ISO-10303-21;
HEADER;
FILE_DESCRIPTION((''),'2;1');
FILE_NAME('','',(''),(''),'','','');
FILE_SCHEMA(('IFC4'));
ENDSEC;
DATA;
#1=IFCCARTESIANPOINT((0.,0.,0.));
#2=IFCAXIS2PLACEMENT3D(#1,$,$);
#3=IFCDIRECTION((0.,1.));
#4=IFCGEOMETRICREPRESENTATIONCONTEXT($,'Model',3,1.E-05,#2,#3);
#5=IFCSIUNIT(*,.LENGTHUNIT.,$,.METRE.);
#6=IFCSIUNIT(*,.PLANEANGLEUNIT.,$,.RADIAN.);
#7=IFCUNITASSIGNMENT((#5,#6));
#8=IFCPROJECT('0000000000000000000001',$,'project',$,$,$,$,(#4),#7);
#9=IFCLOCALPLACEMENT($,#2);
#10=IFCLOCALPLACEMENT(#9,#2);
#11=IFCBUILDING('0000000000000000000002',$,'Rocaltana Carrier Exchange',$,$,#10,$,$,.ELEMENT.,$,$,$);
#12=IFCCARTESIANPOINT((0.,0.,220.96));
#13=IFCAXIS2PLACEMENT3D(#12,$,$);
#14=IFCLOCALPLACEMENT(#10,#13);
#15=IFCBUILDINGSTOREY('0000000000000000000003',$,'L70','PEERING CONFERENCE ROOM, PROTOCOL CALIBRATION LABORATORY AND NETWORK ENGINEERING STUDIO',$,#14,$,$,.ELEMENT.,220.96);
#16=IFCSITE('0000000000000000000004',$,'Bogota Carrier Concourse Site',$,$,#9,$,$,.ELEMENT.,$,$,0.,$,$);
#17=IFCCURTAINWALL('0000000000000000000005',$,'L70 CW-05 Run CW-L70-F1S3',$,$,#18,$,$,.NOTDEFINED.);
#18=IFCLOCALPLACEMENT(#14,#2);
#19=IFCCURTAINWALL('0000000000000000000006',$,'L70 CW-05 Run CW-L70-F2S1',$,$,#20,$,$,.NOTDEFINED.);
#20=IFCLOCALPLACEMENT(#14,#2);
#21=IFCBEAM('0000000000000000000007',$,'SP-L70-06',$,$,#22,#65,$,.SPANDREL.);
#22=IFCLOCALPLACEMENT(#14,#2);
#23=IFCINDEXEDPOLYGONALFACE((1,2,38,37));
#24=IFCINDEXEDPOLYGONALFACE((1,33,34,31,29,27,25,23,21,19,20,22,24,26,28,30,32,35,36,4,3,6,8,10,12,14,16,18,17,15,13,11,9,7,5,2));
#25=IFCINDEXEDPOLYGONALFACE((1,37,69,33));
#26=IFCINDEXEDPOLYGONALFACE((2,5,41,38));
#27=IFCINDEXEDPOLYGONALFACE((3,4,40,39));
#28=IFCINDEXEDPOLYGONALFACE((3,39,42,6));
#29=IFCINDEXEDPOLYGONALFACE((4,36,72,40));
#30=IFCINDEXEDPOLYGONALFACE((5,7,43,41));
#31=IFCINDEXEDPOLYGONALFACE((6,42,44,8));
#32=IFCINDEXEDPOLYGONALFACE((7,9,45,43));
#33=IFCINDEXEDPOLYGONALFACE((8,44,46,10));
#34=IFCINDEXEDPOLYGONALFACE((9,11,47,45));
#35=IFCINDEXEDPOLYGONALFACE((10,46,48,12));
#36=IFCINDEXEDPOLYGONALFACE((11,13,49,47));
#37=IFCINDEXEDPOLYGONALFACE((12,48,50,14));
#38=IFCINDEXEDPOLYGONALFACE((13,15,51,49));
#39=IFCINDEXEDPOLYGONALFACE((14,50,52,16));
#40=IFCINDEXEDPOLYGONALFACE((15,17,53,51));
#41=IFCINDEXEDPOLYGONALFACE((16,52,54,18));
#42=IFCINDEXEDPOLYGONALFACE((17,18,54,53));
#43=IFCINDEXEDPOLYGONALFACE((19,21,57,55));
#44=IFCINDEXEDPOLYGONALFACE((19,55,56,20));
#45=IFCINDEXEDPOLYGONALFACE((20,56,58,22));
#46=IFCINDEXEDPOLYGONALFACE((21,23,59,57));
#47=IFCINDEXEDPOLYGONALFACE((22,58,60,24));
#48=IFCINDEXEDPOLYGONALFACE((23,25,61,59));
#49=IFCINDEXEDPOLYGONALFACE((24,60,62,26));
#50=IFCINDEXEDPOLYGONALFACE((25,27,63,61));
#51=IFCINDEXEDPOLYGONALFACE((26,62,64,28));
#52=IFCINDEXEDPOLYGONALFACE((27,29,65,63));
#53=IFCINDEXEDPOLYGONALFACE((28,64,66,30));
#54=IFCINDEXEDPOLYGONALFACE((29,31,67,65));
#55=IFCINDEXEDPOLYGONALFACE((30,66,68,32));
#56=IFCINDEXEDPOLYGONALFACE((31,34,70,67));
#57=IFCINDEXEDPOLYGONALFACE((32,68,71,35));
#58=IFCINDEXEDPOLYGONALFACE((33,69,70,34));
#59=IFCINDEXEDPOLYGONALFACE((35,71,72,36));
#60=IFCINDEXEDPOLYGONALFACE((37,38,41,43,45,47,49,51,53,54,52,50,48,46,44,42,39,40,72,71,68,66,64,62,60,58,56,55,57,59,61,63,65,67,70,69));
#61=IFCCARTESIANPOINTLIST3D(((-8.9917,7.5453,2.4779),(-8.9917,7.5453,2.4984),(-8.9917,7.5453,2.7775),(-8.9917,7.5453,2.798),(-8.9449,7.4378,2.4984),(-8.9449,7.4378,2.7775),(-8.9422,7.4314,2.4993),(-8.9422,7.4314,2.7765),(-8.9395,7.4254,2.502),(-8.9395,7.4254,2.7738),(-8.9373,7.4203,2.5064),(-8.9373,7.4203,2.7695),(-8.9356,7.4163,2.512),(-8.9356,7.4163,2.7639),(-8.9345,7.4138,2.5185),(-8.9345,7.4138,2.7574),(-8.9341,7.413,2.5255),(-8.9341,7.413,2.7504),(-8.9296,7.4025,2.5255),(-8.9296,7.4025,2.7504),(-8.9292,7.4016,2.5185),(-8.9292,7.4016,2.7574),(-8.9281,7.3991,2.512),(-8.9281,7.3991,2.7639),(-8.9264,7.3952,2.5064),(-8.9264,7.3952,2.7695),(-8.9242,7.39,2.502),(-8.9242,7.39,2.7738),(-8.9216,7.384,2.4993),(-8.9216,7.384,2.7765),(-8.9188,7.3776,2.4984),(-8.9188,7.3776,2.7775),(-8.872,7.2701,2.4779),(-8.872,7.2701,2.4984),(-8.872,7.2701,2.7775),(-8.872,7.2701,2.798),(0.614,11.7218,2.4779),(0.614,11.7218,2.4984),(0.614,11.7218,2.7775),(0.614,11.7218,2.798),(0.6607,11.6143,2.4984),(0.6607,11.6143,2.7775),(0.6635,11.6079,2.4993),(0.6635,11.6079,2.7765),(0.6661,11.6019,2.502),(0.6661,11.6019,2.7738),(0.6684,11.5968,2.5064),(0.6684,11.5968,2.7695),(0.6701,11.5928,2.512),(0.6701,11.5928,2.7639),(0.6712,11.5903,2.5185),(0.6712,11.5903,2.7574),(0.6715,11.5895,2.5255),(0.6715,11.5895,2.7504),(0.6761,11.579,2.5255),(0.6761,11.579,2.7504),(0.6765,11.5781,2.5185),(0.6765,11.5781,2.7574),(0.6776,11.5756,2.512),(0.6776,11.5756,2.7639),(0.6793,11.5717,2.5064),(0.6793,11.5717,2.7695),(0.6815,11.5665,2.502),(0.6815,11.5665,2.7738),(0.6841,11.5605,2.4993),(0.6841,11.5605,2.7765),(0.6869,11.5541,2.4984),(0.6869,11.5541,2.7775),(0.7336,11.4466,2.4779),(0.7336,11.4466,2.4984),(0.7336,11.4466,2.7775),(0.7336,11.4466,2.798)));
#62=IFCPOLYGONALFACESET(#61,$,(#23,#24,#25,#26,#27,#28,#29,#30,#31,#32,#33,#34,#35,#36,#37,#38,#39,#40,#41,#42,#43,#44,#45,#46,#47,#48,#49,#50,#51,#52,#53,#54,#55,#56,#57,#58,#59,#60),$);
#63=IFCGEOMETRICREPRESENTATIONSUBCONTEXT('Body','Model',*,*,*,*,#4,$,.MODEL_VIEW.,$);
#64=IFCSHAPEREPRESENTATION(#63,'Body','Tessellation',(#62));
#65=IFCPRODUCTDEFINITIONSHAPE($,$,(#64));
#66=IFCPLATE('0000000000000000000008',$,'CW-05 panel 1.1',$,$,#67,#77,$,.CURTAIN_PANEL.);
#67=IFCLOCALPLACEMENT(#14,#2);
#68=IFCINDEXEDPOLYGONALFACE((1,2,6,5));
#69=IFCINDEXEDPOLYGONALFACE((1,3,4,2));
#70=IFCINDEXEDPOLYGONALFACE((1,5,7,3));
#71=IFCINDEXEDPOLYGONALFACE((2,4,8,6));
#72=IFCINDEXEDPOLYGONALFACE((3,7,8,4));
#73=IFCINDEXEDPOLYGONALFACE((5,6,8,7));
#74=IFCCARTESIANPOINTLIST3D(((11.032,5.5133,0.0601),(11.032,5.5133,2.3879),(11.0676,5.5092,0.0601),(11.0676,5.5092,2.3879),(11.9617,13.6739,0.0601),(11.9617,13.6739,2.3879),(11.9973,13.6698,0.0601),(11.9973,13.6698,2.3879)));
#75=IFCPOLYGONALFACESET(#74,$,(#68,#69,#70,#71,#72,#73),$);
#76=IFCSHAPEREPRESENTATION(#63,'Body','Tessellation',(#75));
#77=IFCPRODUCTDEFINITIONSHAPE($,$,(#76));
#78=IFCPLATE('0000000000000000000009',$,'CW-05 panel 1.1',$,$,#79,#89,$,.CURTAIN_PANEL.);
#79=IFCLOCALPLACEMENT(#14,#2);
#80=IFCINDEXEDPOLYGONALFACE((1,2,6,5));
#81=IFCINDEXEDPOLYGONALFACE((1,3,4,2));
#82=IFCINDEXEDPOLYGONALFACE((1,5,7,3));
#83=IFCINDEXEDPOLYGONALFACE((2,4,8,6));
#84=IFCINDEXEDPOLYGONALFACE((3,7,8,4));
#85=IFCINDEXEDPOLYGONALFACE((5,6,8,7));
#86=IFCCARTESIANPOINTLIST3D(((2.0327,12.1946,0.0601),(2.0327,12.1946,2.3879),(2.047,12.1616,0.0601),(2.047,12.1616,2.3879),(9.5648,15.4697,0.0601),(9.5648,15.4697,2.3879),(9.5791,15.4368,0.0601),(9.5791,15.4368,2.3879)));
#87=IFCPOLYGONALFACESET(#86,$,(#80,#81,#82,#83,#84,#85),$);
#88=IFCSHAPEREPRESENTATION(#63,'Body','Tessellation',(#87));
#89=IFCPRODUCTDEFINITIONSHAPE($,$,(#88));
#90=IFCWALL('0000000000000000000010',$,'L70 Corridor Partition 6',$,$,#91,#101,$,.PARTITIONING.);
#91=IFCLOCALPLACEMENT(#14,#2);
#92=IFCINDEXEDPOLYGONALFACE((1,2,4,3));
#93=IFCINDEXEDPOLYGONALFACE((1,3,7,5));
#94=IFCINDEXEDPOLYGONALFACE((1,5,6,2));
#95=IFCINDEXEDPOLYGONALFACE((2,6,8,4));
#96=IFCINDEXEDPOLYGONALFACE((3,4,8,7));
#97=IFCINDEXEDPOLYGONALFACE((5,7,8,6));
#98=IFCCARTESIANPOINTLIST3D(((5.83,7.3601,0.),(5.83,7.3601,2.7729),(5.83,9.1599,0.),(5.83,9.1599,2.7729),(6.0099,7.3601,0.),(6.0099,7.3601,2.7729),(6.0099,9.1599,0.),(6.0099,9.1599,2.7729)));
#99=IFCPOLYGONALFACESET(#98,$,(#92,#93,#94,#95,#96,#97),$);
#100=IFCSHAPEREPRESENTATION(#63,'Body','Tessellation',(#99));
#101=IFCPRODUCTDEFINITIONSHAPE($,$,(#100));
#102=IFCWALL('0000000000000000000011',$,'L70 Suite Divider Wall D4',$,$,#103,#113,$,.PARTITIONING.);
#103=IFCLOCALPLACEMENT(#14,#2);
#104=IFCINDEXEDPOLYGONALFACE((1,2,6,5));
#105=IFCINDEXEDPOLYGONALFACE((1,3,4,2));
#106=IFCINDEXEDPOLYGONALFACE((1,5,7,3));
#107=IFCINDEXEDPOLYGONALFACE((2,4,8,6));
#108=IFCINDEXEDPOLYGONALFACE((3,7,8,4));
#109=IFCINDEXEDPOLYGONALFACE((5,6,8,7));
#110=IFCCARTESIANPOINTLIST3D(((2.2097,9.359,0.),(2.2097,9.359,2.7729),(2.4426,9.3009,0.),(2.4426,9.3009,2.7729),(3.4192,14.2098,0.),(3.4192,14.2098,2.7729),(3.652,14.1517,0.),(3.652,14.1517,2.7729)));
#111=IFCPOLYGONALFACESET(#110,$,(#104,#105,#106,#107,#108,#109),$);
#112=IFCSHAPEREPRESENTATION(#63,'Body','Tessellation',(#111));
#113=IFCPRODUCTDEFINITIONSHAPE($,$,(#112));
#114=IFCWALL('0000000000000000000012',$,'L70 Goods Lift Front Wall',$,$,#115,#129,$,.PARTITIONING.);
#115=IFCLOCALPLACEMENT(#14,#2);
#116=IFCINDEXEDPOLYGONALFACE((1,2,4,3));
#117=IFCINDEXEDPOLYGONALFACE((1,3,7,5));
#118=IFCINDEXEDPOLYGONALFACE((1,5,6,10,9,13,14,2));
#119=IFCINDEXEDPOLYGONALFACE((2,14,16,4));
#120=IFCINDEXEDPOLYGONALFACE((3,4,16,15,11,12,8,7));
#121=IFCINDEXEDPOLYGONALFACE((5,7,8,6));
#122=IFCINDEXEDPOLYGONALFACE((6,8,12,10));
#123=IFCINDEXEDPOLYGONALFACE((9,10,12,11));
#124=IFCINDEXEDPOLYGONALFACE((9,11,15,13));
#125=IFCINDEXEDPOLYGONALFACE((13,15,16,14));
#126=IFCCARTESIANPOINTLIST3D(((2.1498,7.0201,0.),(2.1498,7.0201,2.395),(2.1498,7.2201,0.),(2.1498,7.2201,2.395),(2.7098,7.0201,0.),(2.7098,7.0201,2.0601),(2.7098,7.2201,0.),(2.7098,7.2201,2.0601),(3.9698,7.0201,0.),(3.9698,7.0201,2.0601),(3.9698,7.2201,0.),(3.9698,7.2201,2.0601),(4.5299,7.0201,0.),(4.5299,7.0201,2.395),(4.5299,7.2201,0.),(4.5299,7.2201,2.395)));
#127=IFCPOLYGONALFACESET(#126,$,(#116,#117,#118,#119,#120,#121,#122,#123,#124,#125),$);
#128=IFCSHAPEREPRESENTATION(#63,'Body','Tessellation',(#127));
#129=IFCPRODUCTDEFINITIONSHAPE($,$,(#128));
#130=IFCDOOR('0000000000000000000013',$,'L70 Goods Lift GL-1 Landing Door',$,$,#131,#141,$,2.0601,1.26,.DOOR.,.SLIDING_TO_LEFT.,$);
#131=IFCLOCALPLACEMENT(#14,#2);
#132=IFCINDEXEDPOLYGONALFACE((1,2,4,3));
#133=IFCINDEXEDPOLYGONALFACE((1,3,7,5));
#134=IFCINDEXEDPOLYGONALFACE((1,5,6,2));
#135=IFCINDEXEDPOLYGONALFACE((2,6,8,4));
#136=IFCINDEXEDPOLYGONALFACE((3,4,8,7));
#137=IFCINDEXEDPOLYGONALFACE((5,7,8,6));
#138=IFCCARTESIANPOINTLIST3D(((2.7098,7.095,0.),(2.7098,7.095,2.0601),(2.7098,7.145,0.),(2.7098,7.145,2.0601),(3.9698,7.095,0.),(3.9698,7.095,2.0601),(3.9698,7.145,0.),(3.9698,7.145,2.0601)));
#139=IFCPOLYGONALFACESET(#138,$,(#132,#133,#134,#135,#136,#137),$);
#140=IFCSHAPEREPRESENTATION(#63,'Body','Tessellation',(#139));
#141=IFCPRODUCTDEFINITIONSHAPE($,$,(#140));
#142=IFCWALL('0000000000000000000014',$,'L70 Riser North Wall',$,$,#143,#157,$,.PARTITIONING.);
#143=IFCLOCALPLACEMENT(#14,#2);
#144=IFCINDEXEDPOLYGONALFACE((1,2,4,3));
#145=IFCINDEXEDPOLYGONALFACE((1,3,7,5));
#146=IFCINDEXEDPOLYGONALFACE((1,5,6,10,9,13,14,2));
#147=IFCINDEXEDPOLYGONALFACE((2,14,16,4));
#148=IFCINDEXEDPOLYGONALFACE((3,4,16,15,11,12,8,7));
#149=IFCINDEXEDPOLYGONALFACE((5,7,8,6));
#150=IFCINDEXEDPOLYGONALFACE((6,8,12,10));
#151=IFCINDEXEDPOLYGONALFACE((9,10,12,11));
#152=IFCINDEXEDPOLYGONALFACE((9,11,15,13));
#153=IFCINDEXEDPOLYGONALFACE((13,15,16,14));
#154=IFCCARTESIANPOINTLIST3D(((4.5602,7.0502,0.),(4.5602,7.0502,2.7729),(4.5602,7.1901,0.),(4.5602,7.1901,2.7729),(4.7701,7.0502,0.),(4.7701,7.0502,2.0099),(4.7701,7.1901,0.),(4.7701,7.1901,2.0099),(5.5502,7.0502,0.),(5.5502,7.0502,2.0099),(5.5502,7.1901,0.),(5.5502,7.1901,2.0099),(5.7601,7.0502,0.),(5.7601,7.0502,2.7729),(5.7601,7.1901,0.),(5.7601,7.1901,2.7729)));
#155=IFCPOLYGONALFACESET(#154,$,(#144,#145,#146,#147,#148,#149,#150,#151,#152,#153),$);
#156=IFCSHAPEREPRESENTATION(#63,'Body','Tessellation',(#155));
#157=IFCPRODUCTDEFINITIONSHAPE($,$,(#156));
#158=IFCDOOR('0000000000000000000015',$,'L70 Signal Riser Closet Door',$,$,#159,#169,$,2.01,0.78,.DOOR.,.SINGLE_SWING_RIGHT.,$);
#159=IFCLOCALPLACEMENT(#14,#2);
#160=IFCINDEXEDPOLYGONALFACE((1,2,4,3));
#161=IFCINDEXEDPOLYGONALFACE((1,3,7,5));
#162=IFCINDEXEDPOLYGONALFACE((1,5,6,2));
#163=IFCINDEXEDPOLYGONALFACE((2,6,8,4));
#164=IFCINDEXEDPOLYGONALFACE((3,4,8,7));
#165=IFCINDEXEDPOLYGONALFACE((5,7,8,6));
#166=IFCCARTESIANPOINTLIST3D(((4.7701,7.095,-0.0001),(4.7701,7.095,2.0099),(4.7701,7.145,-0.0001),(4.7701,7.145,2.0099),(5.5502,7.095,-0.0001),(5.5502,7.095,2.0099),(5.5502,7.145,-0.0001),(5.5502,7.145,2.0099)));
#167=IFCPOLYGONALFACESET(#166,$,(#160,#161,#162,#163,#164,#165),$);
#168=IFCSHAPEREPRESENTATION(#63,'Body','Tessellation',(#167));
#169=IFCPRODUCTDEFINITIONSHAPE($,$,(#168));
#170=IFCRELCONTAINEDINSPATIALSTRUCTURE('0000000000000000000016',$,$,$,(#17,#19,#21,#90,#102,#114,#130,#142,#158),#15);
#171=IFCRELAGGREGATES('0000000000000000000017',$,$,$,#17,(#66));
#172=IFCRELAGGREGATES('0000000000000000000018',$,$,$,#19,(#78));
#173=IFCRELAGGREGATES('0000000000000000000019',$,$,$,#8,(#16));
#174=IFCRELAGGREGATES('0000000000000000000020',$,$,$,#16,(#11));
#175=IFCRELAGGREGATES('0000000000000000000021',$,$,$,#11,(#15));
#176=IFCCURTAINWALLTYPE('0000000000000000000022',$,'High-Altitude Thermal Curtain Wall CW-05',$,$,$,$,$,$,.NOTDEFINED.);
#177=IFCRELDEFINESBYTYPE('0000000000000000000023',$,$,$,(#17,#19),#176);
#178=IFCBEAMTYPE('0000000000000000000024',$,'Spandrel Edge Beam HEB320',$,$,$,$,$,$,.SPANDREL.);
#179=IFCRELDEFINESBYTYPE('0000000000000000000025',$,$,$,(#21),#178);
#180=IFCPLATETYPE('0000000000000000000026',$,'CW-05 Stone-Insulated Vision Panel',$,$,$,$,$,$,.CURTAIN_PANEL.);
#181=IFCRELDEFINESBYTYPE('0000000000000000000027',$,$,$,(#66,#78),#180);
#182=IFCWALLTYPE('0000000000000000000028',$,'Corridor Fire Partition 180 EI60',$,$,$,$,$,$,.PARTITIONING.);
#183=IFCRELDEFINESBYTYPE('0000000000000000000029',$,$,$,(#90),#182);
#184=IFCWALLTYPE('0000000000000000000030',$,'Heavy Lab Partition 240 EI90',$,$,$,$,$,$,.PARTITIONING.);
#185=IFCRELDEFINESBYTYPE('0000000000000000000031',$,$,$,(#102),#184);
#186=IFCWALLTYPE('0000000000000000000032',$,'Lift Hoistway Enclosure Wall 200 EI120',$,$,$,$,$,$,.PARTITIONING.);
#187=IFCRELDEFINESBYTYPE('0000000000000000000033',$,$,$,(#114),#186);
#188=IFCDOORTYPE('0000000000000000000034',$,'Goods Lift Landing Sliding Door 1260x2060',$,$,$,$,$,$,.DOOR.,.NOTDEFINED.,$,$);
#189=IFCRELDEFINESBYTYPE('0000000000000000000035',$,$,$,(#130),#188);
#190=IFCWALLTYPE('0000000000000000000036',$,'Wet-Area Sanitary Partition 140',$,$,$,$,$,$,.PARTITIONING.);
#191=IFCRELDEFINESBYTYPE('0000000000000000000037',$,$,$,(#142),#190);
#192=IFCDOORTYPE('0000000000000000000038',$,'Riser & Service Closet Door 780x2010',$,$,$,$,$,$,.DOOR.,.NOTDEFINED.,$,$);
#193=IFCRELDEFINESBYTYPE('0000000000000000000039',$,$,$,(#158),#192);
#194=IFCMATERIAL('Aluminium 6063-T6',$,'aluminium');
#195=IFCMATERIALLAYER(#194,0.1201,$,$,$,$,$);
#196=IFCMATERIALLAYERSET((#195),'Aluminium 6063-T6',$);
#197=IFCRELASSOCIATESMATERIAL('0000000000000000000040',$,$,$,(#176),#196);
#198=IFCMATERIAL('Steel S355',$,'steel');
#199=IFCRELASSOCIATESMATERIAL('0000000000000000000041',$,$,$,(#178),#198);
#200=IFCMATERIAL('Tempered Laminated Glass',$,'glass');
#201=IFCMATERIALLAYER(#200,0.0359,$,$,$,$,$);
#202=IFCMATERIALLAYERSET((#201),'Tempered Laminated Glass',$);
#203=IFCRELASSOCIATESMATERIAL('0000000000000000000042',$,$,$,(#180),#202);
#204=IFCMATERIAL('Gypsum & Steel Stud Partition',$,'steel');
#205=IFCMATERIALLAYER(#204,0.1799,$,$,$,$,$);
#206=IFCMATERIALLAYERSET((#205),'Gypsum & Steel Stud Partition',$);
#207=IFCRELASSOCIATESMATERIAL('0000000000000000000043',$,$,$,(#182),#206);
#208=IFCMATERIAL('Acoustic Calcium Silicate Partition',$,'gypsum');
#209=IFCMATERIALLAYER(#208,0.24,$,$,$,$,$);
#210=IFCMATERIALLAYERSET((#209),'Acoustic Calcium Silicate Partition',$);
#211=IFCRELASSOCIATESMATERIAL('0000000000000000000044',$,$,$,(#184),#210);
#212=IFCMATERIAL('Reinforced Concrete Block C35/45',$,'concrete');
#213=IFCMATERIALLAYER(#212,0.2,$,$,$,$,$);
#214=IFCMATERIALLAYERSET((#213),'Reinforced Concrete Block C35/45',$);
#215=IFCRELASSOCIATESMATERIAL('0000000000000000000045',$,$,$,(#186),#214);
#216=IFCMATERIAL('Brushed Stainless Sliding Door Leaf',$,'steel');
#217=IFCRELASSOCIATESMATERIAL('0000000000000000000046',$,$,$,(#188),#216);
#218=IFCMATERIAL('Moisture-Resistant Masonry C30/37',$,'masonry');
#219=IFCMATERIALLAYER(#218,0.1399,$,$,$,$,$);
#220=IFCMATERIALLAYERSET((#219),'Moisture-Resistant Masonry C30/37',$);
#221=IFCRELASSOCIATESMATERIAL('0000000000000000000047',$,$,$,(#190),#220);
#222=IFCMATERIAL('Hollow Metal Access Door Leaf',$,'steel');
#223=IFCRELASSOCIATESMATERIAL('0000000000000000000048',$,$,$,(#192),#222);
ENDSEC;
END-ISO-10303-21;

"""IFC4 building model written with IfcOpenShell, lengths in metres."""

from ifc_helpers import new_model, si_unit, direction, frame, frame_2d, origin, origin_2d, place, context, subcontext, project, spatial, rectangle, i_section, extrude, material, layer, layer_set, material_profile, profile_set, type_object, element, fill, aggregate, save


model = new_model("IFC4")

# Units and contexts
model_context = context("Model", 3, precision=1e-05, world=origin(), true_north=direction((0.0, 1.0)))
body_context = subcontext(model_context, "Body", "Model", "MODEL_VIEW")
ifc_project = project(units=[si_unit("LENGTHUNIT", "METRE"), si_unit("PLANEANGLEUNIT", "RADIAN")], contexts=[model_context])

# Site, building, storey
site_placement = place(None, origin())
site = spatial("IfcSite", under=ifc_project, at=site_placement, Name="Bogota Carrier Concourse Site", CompositionType="ELEMENT", RefElevation=0.0)
building_placement = place(site_placement, origin())
building = spatial("IfcBuilding", under=site, at=building_placement, Name="Rocaltana Carrier Exchange", CompositionType="ELEMENT")
storey_placement = place(building_placement, frame((0.0, 0.0, 220.96)))
storey = spatial("IfcBuildingStorey", under=building, at=storey_placement, Name="L70", Description="PEERING CONFERENCE ROOM, PROTOCOL CALIBRATION LABORATORY AND NETWORK ENGINEERING STUDIO", CompositionType="ELEMENT", Elevation=220.96)

# Curtain wall
ifc_material_1 = material(Name="Aluminium 6063-T6", Category="aluminium")
ifc_layer_1 = layer(ifc_material_1, 0.1201)
ifc_layer_set_1 = layer_set([ifc_layer_1], Name="Aluminium 6063-T6")
curtain_wall_type = type_object("IfcCurtainWallType", Name="High-Altitude Thermal Curtain Wall CW-05", PredefinedType="NOTDEFINED", material=ifc_layer_set_1)
curtain_wall_1_placement = place(storey_placement, origin())
curtain_wall_1 = element("IfcCurtainWall", 1, at=curtain_wall_1_placement, inside=storey, type_object=curtain_wall_type, Name="L70 CW-05 Run CW-L70-F1S3", PredefinedType="NOTDEFINED")

# Curtain wall
curtain_wall_2_placement = place(storey_placement, origin())
curtain_wall_2 = element("IfcCurtainWall", 2, at=curtain_wall_2_placement, inside=storey, type_object=curtain_wall_type, Name="L70 CW-05 Run CW-L70-F2S1", PredefinedType="NOTDEFINED")

# Beam
ifc_material_2 = material(Name="Steel S355", Category="steel")
ifc_material_profile_1 = material_profile(ifc_material_2, i_section(OverallWidth=0.3, OverallDepth=0.3201, WebThickness=0.0115, FlangeThickness=0.0205, FilletRadius=0.0271, at=origin_2d()), Name="HEB320")
ifc_profile_set_1 = profile_set([ifc_material_profile_1], Name="Steel S355")
beam_type_1 = type_object("IfcBeamType", Name="Spandrel Edge Beam HEB320", PredefinedType="SPANDREL", material=ifc_profile_set_1)
for number, where, z_axis, x_axis, name in (
    (3, (0.6738, 11.5842, 2.6379), (-0.917066, -0.398735, 0.0), (0.398735, -0.917066, 0.0), "SP-L70-06"),
):
    element("IfcBeam", number, at=place(storey_placement, frame(where, z_axis=z_axis, x_axis=x_axis)), inside=storey, type_object=beam_type_1, Name=name, PredefinedType="SPANDREL", context=body_context, shape_type="SweptSolid", body=[
        extrude(i_section(OverallWidth=0.3, OverallDepth=0.3201, WebThickness=0.0115, FlangeThickness=0.0205, FilletRadius=0.0271, at=origin_2d()), origin(), (0.0, 0.0, 1.0), 10.4744),
    ])

# Plates
ifc_material_3 = material(Name="Tempered Laminated Glass", Category="glass")
ifc_layer_2 = layer(ifc_material_3, 0.0359)
ifc_layer_set_2 = layer_set([ifc_layer_2], Name="Tempered Laminated Glass")
plate_type = type_object("IfcPlateType", Name="CW-05 Stone-Insulated Vision Panel", PredefinedType="CURTAIN_PANEL", material=ifc_layer_set_2)
plate_1_placement = place(storey_placement, frame((11.5146, 9.5916, 0.0601), z_axis=(0.0, 0.0, 1.0), x_axis=(0.113197, 0.993573, 0.0)))
plate_1 = element("IfcPlate", 4, at=plate_1_placement, type_object=plate_type, Name="CW-05 panel 1.1", PredefinedType="CURTAIN_PANEL", context=body_context, shape_type="SweptSolid", body=[
    extrude(rectangle(XDim=8.2134, YDim=0.0359, at=origin_2d()), origin(), (0.0, 0.0, 1.0), 2.3279),
])
aggregate(curtain_wall_1, [plate_1])
plate_2_placement = place(storey_placement, frame((5.8059, 13.8157, 0.0601), z_axis=(0.0, 0.0, 1.0), x_axis=(-0.917057, -0.398757, 0.0)))
plate_2 = element("IfcPlate", 5, at=plate_2_placement, type_object=plate_type, Name="CW-05 panel 1.1", PredefinedType="CURTAIN_PANEL", context=body_context, shape_type="SweptSolid", body=[
    extrude(rectangle(XDim=8.2134, YDim=0.0359, at=origin_2d()), origin(), (0.0, 0.0, 1.0), 2.3279),
])
aggregate(curtain_wall_2, [plate_2])

# Walls
ifc_material_4 = material(Name="Gypsum & Steel Stud Partition", Category="steel")
ifc_layer_3 = layer(ifc_material_4, 0.1799)
ifc_layer_set_3 = layer_set([ifc_layer_3], Name="Gypsum & Steel Stud Partition")
wall_type_1 = type_object("IfcWallType", Name="Corridor Fire Partition 180 EI60", PredefinedType="PARTITIONING", material=ifc_layer_set_3)
wall_1_placement = place(storey_placement, frame((5.9199, 9.1599, 0.0), z_axis=(0.0, 0.0, 1.0), x_axis=(0.0, -1.0, 0.0)))
element("IfcWall", 6, at=wall_1_placement, inside=storey, type_object=wall_type_1, Name="L70 Corridor Partition 6", PredefinedType="PARTITIONING", context=body_context, shape_type="SweptSolid", body=[
    extrude(rectangle(XDim=1.7998, YDim=0.1799, at=frame_2d((0.8999, 0.0))), origin(), (0.0, 0.0, 1.0), 2.7729),
])
ifc_material_5 = material(Name="Acoustic Calcium Silicate Partition", Category="gypsum")
ifc_layer_4 = layer(ifc_material_5, 0.24)
ifc_layer_set_4 = layer_set([ifc_layer_4], Name="Acoustic Calcium Silicate Partition")
wall_type_2 = type_object("IfcWallType", Name="Heavy Lab Partition 240 EI90", PredefinedType="PARTITIONING", material=ifc_layer_set_4)
wall_2_placement = place(storey_placement, frame((2.3262, 9.3301, 0.0), z_axis=(0.0, 0.0, 1.0), x_axis=(0.241927, 0.970295, 0.0)))
element("IfcWall", 7, at=wall_2_placement, inside=storey, type_object=wall_type_2, Name="L70 Suite Divider Wall D4", PredefinedType="PARTITIONING", context=body_context, shape_type="SweptSolid", body=[
    extrude(rectangle(XDim=4.9993, YDim=0.24, at=frame_2d((2.4995, 0.0))), origin(), (0.0, 0.0, 1.0), 2.7729),
])

# Walls, openings, doors
ifc_material_6 = material(Name="Reinforced Concrete Block C35/45", Category="concrete")
ifc_layer_5 = layer(ifc_material_6, 0.2)
ifc_layer_set_5 = layer_set([ifc_layer_5], Name="Reinforced Concrete Block C35/45")
wall_type_3 = type_object("IfcWallType", Name="Lift Hoistway Enclosure Wall 200 EI120", PredefinedType="PARTITIONING", material=ifc_layer_set_5)
wall_3_placement = place(storey_placement, frame((2.1499, 7.1201, 0.0), z_axis=(0.0, 0.0, 1.0), x_axis=(1.0, 0.0, 0.0)))
wall_3 = element("IfcWall", 8, at=wall_3_placement, inside=storey, type_object=wall_type_3, Name="L70 Goods Lift Front Wall", PredefinedType="PARTITIONING", context=body_context, shape_type="SweptSolid", body=[
    extrude(rectangle(XDim=2.3801, YDim=0.2, at=frame_2d((1.1899, 0.0))), origin(), (0.0, 0.0, 1.0), 2.395),
])
opening_1_placement = place(wall_3_placement, frame((0.5601, 0.0, 0.0)))
opening_1 = element("IfcOpeningElement", 9, at=opening_1_placement, cuts=wall_3, PredefinedType="OPENING", context=body_context, shape_type="SweptSolid", body=[
    extrude(rectangle(XDim=1.26, YDim=2.0601, at=frame_2d((0.6299, 1.03))), frame((0.0, 0.1099, 0.0), z_axis=(0.0, -1.0, 0.0), x_axis=(1.0, 0.0, 0.0)), (0.0, 0.0, 1.0), 0.22),
])
ifc_material_7 = material(Name="Brushed Stainless Sliding Door Leaf", Category="steel")
door_type_1 = type_object("IfcDoorType", Name="Goods Lift Landing Sliding Door 1260x2060", OperationType="NOTDEFINED", PredefinedType="DOOR", material=ifc_material_7)
door_1_placement = place(opening_1_placement, origin())
door_1 = element("IfcDoor", 10, at=door_1_placement, inside=storey, type_object=door_type_1, Name="L70 Goods Lift GL-1 Landing Door", OperationType="SLIDING_TO_LEFT", OverallHeight=2.0601, OverallWidth=1.26, PredefinedType="DOOR", context=body_context, shape_type="SweptSolid", body=[
    extrude(rectangle(XDim=1.26, YDim=2.0601, at=frame_2d((0.6299, 1.03))), frame((0.0, 0.0249, 0.0), z_axis=(0.0, -1.0, 0.0), x_axis=(1.0, 0.0, 0.0)), (0.0, 0.0, 1.0), 0.05),
])
fill(opening_1, door_1)
ifc_material_8 = material(Name="Moisture-Resistant Masonry C30/37", Category="masonry")
ifc_layer_6 = layer(ifc_material_8, 0.1399)
ifc_layer_set_6 = layer_set([ifc_layer_6], Name="Moisture-Resistant Masonry C30/37")
wall_type_4 = type_object("IfcWallType", Name="Wet-Area Sanitary Partition 140", PredefinedType="PARTITIONING", material=ifc_layer_set_6)
wall_4_placement = place(storey_placement, frame((4.5601, 7.1201, 0.0), z_axis=(0.0, 0.0, 1.0), x_axis=(1.0, 0.0, 0.0)))
wall_4 = element("IfcWall", 11, at=wall_4_placement, inside=storey, type_object=wall_type_4, Name="L70 Riser North Wall", PredefinedType="PARTITIONING", context=body_context, shape_type="SweptSolid", body=[
    extrude(rectangle(XDim=1.2, YDim=0.1399, at=frame_2d((0.6001, 0.0))), origin(), (0.0, 0.0, 1.0), 2.7729),
])
opening_2_placement = place(wall_4_placement, frame((0.21, 0.0, 0.0)))
opening_2 = element("IfcOpeningElement", 12, at=opening_2_placement, cuts=wall_4, PredefinedType="OPENING", context=body_context, shape_type="SweptSolid", body=[
    extrude(rectangle(XDim=0.78, YDim=2.01, at=frame_2d((0.3901, 1.0049))), frame((0.0, 0.0798, 0.0), z_axis=(0.0, -1.0, 0.0), x_axis=(1.0, 0.0, 0.0)), (0.0, 0.0, 1.0), 0.1599),
])
ifc_material_9 = material(Name="Hollow Metal Access Door Leaf", Category="steel")
door_type_2 = type_object("IfcDoorType", Name="Riser & Service Closet Door 780x2010", OperationType="NOTDEFINED", PredefinedType="DOOR", material=ifc_material_9)
door_2_placement = place(opening_2_placement, origin())
door_2 = element("IfcDoor", 13, at=door_2_placement, inside=storey, type_object=door_type_2, Name="L70 Signal Riser Closet Door", OperationType="SINGLE_SWING_RIGHT", OverallHeight=2.01, OverallWidth=0.78, PredefinedType="DOOR", context=body_context, shape_type="SweptSolid", body=[
    extrude(rectangle(XDim=0.78, YDim=2.01, at=frame_2d((0.3901, 1.0049))), frame((0.0, 0.0249, 0.0), z_axis=(0.0, -1.0, 0.0), x_axis=(1.0, 0.0, 0.0)), (0.0, 0.0, 1.0), 0.05),
])
fill(opening_2, door_2)

save(model, "model.ifc")
